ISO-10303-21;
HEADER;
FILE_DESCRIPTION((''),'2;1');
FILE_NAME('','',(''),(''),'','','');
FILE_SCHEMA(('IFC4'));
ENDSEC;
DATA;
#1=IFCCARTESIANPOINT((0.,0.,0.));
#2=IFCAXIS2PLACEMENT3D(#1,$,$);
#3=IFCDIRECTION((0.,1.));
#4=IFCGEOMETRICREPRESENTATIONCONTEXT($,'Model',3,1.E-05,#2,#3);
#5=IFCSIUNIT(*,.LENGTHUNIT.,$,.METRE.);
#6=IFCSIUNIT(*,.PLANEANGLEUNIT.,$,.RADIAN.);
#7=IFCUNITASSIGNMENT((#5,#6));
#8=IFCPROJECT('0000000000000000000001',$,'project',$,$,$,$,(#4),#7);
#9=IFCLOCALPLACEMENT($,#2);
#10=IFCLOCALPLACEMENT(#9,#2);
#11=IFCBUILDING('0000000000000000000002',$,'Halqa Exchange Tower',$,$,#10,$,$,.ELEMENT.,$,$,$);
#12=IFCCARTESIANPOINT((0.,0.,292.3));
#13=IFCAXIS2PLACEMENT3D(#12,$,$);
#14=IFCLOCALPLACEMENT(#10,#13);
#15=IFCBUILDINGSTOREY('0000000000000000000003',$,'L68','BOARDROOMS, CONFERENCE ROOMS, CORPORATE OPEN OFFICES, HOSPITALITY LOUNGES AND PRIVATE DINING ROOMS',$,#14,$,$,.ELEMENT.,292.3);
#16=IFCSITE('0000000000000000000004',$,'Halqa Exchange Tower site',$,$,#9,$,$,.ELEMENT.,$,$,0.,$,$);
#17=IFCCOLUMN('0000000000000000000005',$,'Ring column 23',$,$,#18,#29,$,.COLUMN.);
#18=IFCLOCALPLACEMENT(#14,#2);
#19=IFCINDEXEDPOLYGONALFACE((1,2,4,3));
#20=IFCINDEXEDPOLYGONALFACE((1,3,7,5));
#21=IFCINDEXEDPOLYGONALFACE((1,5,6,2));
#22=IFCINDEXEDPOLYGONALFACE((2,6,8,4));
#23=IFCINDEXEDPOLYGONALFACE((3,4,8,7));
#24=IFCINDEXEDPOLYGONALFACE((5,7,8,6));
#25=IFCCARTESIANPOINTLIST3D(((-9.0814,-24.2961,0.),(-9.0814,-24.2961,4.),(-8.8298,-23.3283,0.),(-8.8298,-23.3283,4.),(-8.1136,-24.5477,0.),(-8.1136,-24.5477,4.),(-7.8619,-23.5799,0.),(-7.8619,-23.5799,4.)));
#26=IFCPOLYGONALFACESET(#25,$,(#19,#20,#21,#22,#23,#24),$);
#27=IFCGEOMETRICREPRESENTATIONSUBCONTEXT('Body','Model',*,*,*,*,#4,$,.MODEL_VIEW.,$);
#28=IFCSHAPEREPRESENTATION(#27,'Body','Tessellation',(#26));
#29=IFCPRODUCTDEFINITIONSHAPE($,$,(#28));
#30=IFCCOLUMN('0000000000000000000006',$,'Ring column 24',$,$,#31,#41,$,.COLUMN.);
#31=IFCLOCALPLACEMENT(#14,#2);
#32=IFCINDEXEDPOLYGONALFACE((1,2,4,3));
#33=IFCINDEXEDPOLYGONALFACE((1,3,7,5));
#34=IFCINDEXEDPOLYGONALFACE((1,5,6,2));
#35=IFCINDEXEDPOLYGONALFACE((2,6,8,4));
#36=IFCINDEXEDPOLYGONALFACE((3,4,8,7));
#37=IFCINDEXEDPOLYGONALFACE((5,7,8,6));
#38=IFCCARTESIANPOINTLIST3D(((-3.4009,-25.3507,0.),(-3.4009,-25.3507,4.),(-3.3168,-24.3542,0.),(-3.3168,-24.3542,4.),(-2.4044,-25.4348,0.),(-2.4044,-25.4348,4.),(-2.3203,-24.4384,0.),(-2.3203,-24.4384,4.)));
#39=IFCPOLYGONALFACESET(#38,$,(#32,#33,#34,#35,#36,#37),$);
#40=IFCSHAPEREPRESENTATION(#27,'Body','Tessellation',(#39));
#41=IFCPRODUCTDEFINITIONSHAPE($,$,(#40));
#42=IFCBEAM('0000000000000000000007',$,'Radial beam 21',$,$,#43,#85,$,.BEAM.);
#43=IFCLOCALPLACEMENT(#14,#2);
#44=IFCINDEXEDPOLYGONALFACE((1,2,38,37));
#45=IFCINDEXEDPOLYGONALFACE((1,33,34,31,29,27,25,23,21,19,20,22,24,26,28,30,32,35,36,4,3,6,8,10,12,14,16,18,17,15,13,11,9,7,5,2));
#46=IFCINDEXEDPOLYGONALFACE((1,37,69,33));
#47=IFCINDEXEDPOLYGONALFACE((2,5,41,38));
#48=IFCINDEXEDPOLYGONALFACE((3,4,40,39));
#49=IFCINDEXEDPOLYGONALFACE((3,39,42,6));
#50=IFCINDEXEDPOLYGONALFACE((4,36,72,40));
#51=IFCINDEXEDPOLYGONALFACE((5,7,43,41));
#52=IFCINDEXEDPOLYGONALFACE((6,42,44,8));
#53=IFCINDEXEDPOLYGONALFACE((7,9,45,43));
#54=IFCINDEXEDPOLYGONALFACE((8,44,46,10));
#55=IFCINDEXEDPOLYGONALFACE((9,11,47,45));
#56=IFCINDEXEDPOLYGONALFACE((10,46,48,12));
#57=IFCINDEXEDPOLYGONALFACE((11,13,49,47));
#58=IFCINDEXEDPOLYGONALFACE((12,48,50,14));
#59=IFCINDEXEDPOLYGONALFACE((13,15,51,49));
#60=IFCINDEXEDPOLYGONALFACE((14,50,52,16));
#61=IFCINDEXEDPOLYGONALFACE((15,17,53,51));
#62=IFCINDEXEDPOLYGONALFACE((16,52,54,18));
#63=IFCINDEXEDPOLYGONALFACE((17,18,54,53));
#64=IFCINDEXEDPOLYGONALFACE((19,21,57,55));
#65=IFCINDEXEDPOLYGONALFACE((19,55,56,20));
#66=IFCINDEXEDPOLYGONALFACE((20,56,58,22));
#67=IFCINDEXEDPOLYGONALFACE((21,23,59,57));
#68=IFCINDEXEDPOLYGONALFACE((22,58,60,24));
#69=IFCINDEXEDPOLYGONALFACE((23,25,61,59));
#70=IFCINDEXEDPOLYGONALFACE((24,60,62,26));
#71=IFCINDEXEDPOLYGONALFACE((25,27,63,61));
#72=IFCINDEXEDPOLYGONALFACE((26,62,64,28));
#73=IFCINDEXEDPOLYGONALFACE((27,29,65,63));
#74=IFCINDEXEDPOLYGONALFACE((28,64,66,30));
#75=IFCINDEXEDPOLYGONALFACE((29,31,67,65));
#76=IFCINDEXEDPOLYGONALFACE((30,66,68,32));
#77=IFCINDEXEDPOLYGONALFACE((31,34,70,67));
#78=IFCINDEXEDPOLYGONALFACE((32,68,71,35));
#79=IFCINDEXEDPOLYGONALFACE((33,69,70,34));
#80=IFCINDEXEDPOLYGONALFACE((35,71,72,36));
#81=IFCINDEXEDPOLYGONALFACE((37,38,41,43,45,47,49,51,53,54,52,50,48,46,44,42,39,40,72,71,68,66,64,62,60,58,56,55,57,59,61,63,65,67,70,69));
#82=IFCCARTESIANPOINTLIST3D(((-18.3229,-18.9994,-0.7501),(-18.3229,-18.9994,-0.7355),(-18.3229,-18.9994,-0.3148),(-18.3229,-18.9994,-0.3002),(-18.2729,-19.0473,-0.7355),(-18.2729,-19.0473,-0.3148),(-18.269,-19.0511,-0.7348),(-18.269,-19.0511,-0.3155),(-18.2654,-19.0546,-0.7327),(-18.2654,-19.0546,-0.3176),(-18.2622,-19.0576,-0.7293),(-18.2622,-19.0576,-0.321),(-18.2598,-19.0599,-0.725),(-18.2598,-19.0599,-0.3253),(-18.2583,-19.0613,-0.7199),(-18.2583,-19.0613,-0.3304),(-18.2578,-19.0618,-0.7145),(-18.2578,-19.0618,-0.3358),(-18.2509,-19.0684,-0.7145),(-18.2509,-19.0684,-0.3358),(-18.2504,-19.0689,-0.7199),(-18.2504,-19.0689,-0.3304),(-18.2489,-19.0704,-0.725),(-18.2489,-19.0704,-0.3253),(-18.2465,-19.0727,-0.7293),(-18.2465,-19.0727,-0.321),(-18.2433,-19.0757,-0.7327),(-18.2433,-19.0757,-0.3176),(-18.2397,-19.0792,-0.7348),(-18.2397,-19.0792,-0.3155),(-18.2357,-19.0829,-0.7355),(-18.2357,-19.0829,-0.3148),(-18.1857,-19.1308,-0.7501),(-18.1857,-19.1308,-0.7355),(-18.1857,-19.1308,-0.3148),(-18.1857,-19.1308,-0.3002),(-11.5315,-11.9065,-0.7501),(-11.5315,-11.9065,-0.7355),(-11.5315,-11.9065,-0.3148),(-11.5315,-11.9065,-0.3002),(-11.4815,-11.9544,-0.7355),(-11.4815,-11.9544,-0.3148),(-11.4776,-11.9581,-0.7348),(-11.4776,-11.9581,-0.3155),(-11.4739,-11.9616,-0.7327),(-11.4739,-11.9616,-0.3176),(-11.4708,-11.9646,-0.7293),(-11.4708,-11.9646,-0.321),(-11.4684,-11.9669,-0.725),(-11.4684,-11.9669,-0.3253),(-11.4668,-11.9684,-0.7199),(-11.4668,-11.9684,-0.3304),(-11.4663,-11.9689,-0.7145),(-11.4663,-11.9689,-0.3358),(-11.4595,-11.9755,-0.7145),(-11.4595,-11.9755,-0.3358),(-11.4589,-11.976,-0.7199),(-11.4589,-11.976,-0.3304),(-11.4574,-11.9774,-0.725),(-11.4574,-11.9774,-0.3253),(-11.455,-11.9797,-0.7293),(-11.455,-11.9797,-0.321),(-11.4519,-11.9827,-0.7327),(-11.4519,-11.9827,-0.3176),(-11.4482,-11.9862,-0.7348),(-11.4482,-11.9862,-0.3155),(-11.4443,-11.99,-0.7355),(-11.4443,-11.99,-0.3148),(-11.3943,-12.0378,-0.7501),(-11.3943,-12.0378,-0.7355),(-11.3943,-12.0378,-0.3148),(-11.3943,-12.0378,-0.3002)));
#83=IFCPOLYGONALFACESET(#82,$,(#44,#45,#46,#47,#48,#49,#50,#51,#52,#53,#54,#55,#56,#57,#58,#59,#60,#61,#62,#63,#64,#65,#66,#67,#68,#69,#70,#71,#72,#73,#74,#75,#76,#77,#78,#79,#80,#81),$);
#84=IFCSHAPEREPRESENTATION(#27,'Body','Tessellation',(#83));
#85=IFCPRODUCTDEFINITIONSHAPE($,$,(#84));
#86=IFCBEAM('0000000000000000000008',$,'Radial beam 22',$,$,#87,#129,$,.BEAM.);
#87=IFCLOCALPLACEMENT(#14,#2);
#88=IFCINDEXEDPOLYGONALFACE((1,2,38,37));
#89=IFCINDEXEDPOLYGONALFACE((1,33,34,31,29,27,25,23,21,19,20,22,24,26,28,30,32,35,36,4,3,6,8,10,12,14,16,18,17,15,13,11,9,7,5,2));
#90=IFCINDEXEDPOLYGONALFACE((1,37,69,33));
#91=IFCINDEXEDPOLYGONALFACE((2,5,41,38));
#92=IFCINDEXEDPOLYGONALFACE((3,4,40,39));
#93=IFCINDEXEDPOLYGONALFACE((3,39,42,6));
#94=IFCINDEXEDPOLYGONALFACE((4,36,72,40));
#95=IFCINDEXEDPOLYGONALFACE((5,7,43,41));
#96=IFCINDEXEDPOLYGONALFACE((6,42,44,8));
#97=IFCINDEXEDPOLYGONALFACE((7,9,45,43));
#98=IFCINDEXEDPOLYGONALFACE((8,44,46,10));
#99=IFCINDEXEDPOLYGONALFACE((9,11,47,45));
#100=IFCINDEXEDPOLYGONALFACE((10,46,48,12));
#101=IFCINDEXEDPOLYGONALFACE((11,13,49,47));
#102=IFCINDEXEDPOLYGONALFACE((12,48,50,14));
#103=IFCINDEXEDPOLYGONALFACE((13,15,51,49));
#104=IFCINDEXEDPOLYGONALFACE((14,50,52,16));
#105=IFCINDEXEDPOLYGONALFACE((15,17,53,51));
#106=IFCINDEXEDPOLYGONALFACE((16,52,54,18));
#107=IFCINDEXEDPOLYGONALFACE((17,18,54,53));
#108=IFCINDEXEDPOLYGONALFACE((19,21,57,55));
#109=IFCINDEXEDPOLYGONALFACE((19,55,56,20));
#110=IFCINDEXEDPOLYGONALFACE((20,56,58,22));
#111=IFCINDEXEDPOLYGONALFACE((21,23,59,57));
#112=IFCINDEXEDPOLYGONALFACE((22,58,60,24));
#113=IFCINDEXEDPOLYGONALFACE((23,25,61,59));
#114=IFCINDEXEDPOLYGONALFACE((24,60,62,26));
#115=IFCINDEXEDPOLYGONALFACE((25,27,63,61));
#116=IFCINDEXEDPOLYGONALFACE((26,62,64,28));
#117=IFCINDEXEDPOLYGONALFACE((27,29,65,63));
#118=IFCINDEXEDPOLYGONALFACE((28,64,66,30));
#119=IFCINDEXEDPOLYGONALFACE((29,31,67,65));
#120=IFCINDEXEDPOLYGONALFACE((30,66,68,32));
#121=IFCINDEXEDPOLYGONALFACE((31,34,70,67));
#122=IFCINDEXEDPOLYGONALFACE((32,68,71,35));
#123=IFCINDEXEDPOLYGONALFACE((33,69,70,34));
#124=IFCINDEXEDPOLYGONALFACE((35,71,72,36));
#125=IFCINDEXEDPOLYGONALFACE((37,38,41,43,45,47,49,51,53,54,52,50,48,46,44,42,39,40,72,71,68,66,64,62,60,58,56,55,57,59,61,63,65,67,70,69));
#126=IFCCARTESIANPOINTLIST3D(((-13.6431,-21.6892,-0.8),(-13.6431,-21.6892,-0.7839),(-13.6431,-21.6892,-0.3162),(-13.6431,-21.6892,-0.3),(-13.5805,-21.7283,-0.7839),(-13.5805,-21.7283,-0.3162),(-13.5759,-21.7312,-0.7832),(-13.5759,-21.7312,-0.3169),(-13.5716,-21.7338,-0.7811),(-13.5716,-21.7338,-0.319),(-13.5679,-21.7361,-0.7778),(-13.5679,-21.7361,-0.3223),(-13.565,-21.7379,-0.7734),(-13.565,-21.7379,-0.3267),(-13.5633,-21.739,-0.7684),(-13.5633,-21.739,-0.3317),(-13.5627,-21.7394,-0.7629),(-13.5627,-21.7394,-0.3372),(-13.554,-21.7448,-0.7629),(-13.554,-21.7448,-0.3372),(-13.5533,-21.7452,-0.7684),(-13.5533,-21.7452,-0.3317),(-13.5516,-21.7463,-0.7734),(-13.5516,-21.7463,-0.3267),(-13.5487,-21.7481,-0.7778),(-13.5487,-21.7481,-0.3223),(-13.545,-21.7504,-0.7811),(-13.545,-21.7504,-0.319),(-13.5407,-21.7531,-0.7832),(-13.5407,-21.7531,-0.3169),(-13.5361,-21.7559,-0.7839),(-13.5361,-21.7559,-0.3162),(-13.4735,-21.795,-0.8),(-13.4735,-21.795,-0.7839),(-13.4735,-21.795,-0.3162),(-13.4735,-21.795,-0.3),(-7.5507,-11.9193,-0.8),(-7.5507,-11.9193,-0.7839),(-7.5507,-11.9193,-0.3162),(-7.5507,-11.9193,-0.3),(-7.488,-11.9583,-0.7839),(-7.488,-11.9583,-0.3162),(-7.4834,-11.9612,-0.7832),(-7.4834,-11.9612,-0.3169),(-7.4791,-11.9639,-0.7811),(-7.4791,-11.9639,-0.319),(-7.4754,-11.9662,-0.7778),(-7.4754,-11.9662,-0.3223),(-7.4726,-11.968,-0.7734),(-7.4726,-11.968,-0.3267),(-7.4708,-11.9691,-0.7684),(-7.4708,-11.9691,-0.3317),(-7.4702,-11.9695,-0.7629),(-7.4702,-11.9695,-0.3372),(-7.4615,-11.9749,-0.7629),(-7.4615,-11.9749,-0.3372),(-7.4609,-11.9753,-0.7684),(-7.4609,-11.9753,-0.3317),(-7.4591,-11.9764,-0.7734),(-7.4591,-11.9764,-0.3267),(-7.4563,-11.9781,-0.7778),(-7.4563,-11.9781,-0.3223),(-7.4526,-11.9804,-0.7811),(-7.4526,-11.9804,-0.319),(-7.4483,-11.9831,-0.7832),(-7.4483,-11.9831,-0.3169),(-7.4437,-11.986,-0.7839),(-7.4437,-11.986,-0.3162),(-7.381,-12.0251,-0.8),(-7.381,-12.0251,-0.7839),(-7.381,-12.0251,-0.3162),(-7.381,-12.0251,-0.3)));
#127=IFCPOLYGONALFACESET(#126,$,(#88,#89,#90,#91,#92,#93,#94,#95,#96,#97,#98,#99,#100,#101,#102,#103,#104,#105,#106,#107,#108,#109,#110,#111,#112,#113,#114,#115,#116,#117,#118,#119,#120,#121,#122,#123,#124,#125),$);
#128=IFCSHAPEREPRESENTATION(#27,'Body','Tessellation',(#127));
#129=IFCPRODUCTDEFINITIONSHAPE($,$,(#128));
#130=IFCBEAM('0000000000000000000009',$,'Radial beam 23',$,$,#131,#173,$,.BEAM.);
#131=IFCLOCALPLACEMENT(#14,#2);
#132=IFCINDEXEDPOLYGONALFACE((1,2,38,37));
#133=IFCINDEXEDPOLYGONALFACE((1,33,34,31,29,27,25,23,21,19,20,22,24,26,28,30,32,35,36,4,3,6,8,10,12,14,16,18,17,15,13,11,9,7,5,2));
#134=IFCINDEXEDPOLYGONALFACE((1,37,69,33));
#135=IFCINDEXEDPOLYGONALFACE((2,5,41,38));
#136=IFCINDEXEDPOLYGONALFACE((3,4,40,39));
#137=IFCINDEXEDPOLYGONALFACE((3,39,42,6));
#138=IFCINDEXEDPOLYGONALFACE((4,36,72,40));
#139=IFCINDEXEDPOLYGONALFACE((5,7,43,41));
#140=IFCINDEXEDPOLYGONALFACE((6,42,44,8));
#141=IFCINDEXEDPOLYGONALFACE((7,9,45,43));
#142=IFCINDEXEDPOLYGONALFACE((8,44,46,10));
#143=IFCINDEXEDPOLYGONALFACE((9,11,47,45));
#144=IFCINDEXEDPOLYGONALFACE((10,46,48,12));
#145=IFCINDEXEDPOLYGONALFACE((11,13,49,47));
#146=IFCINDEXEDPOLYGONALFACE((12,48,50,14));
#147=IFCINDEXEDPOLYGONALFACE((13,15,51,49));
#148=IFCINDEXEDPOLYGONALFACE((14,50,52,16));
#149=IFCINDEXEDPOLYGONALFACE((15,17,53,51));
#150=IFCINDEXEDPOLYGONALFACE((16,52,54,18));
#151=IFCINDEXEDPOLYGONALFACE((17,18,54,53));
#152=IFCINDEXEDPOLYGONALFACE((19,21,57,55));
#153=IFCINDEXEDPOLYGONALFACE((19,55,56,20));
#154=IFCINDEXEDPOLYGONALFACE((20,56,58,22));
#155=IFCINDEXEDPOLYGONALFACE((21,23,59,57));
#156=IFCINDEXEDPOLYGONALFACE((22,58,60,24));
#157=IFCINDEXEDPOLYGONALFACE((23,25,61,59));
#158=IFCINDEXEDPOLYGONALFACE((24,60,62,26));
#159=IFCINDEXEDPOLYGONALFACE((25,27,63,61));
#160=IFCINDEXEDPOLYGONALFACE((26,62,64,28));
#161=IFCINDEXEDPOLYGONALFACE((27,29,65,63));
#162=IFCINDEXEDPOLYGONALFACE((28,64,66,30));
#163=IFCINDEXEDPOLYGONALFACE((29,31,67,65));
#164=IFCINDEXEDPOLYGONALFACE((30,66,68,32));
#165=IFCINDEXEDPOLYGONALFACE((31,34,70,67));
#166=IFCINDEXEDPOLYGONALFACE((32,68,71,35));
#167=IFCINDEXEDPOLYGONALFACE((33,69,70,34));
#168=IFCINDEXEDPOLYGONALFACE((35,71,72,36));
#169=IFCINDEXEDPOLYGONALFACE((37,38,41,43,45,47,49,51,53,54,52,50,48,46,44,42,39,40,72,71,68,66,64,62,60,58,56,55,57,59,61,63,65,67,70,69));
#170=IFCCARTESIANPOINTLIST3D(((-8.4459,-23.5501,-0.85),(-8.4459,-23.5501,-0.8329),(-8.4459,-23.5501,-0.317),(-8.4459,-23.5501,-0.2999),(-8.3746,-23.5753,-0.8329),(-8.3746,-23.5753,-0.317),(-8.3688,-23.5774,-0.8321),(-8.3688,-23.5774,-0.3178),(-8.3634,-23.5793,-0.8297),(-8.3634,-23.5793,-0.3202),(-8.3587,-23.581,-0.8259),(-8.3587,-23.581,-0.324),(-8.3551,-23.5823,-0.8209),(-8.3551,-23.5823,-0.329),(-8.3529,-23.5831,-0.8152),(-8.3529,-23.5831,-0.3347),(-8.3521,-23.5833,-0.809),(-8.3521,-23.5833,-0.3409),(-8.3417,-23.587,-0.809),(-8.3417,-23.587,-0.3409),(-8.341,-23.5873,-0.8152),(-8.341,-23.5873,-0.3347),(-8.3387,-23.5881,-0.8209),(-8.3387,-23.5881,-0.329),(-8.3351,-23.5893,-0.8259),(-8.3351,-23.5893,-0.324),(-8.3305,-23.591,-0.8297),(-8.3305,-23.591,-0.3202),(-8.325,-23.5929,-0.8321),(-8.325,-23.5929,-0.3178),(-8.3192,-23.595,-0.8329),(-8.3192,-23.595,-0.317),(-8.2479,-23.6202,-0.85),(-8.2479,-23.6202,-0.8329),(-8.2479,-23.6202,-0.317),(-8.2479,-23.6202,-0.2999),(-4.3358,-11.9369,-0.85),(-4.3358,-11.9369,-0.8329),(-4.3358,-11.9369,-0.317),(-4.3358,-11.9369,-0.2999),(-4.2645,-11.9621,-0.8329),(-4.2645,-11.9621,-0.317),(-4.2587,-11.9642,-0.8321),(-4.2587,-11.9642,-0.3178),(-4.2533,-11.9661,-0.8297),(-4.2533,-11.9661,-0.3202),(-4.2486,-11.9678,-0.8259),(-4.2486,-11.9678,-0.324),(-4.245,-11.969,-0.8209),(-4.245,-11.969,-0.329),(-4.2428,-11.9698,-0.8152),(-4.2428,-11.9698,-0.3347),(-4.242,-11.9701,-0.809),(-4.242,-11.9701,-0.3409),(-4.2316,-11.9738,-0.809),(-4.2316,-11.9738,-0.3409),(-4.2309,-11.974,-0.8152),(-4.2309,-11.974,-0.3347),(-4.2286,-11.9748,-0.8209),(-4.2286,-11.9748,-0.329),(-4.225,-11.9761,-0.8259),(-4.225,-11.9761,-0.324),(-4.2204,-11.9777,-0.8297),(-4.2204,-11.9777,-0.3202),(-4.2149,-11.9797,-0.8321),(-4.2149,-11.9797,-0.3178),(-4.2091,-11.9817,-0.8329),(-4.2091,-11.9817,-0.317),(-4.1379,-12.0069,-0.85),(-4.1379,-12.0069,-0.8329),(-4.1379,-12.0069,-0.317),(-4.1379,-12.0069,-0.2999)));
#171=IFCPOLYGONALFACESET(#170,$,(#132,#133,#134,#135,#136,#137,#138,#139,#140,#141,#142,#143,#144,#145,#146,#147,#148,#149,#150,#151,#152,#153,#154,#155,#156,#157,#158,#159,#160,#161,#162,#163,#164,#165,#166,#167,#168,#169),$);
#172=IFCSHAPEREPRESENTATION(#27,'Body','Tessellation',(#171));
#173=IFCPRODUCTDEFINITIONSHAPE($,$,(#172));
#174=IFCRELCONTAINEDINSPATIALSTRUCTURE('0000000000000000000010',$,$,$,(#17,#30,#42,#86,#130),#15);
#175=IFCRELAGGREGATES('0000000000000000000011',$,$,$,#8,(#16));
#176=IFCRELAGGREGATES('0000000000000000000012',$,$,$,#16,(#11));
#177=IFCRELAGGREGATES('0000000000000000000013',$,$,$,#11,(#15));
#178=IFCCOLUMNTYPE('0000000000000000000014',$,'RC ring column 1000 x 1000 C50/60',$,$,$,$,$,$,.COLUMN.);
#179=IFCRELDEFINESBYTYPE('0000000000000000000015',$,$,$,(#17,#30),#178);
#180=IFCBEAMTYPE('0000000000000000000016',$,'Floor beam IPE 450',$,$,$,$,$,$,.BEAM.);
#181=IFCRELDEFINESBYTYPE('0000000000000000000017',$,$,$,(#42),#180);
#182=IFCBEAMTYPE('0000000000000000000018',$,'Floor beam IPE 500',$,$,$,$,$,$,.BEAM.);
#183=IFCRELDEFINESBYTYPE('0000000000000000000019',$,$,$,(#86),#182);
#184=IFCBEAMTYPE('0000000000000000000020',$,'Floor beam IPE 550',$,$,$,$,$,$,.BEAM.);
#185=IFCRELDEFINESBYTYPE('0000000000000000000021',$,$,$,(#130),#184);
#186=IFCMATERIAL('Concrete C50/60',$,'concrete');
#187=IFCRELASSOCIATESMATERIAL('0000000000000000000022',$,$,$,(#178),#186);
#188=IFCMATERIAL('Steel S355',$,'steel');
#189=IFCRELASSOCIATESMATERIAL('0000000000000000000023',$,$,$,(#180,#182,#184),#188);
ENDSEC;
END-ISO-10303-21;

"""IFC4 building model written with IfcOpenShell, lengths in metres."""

from ifc_helpers import new_model, si_unit, direction, frame, origin, origin_2d, place, context, subcontext, project, spatial, rectangle, i_section, extrude, material, material_profile, profile_set, type_object, element, save


model = new_model("IFC4")

# Units and contexts
model_context = context("Model", 3, precision=1e-05, world=origin(), true_north=direction((0.0, 1.0)))
body_context = subcontext(model_context, "Body", "Model", "MODEL_VIEW")
ifc_project = project(units=[si_unit("LENGTHUNIT", "METRE"), si_unit("PLANEANGLEUNIT", "RADIAN")], contexts=[model_context])

# Site, building, storey
site_placement = place(None, origin())
site = spatial("IfcSite", under=ifc_project, at=site_placement, Name="Halqa Exchange Tower site", CompositionType="ELEMENT", RefElevation=0.0)
building_placement = place(site_placement, origin())
building = spatial("IfcBuilding", under=site, at=building_placement, Name="Halqa Exchange Tower", CompositionType="ELEMENT")
storey_placement = place(building_placement, frame((0.0, 0.0, 292.3)))
storey = spatial("IfcBuildingStorey", under=building, at=storey_placement, Name="L68", Description="BOARDROOMS, CONFERENCE ROOMS, CORPORATE OPEN OFFICES, HOSPITALITY LOUNGES AND PRIVATE DINING ROOMS", CompositionType="ELEMENT", Elevation=292.3)

# Columns
ifc_material_1 = material(Name="Concrete C50/60", Category="concrete")
ifc_material_profile_1 = material_profile(ifc_material_1, rectangle(XDim=1.0, YDim=1.0, at=origin_2d()), Name="1000 x 1000")
ifc_profile_set_1 = profile_set([ifc_material_profile_1], Name="Concrete C50/60")
column_type = type_object("IfcColumnType", Name="RC ring column 1000 x 1000 C50/60", PredefinedType="COLUMN", material=ifc_profile_set_1)
for number, where, z_axis, x_axis, name in (
    (1, (-8.4717, -23.938, 0.0), (0.0, 0.0, 1.0), (0.967821, -0.251639, 0.0), "Ring column 23"),
    (2, (-2.8606, -24.8945, 0.0), (0.0, 0.0, 1.0), (0.996456, -0.084114, 0.0), "Ring column 24"),
):
    element("IfcColumn", number, at=place(storey_placement, frame(where, z_axis=z_axis, x_axis=x_axis)), inside=storey, type_object=column_type, Name=name, PredefinedType="COLUMN", context=body_context, shape_type="SweptSolid", body=[
        extrude(rectangle(XDim=1.0, YDim=1.0, at=origin_2d()), origin(), (0.0, 0.0, 1.0), 4.0),
    ])

# Beams
ifc_material_2 = material(Name="Steel S355", Category="steel")
ifc_material_profile_2 = material_profile(ifc_material_2, i_section(OverallWidth=0.1899, OverallDepth=0.45, WebThickness=0.0095, FlangeThickness=0.0146, FilletRadius=0.021, at=origin_2d()), Name="IPE 450")
ifc_profile_set_2 = profile_set([ifc_material_profile_2], Name="Steel S355")
beam_type_1 = type_object("IfcBeamType", Name="Floor beam IPE 450", PredefinedType="BEAM", material=ifc_profile_set_2)
beam_1_placement = place(storey_placement, frame((-11.4629, -11.9722, -0.5251), z_axis=(-0.691588, -0.722292, 0.0), x_axis=(0.722292, -0.691588, 0.0)))
element("IfcBeam", 3, at=beam_1_placement, inside=storey, type_object=beam_type_1, Name="Radial beam 21", PredefinedType="BEAM", context=body_context, shape_type="SweptSolid", body=[
    extrude(i_section(OverallWidth=0.1899, OverallDepth=0.45, WebThickness=0.0095, FlangeThickness=0.0146, FilletRadius=0.021, at=origin_2d()), origin(), (0.0, 0.0, 1.0), 9.8201),
])
ifc_material_profile_3 = material_profile(ifc_material_2, i_section(OverallWidth=0.2, OverallDepth=0.5, WebThickness=0.0103, FlangeThickness=0.0161, FilletRadius=0.021, at=origin_2d()), Name="IPE 500")
ifc_profile_set_3 = profile_set([ifc_material_profile_3], Name="Steel S355")
beam_type_2 = type_object("IfcBeamType", Name="Floor beam IPE 500", PredefinedType="BEAM", material=ifc_profile_set_3)
beam_2_placement = place(storey_placement, frame((-7.4658, -11.9722, -0.55), z_axis=(-0.529141, -0.848534, 0.0), x_axis=(0.848534, -0.529141, 0.0)))
element("IfcBeam", 4, at=beam_2_placement, inside=storey, type_object=beam_type_2, Name="Radial beam 22", PredefinedType="BEAM", context=body_context, shape_type="SweptSolid", body=[
    extrude(i_section(OverallWidth=0.2, OverallDepth=0.5, WebThickness=0.0103, FlangeThickness=0.0161, FilletRadius=0.021, at=origin_2d()), origin(), (0.0, 0.0, 1.0), 11.5139),
])
ifc_material_profile_4 = material_profile(ifc_material_2, i_section(OverallWidth=0.21, OverallDepth=0.55, WebThickness=0.011, FlangeThickness=0.0171, FilletRadius=0.0239, at=origin_2d()), Name="IPE 550")
ifc_profile_set_4 = profile_set([ifc_material_profile_4], Name="Steel S355")
beam_type_3 = type_object("IfcBeamType", Name="Floor beam IPE 550", PredefinedType="BEAM", material=ifc_profile_set_4)
beam_3_placement = place(storey_placement, frame((-4.2368, -11.9719, -0.575), z_axis=(-0.333636, -0.942702, 0.0), x_axis=(0.942702, -0.333636, 0.0)))
element("IfcBeam", 5, at=beam_3_placement, inside=storey, type_object=beam_type_3, Name="Radial beam 23", PredefinedType="BEAM", context=body_context, shape_type="SweptSolid", body=[
    extrude(i_section(OverallWidth=0.21, OverallDepth=0.55, WebThickness=0.011, FlangeThickness=0.0171, FilletRadius=0.0239, at=origin_2d()), origin(), (0.0, 0.0, 1.0), 12.3191),
])

save(model, "model.ifc")
